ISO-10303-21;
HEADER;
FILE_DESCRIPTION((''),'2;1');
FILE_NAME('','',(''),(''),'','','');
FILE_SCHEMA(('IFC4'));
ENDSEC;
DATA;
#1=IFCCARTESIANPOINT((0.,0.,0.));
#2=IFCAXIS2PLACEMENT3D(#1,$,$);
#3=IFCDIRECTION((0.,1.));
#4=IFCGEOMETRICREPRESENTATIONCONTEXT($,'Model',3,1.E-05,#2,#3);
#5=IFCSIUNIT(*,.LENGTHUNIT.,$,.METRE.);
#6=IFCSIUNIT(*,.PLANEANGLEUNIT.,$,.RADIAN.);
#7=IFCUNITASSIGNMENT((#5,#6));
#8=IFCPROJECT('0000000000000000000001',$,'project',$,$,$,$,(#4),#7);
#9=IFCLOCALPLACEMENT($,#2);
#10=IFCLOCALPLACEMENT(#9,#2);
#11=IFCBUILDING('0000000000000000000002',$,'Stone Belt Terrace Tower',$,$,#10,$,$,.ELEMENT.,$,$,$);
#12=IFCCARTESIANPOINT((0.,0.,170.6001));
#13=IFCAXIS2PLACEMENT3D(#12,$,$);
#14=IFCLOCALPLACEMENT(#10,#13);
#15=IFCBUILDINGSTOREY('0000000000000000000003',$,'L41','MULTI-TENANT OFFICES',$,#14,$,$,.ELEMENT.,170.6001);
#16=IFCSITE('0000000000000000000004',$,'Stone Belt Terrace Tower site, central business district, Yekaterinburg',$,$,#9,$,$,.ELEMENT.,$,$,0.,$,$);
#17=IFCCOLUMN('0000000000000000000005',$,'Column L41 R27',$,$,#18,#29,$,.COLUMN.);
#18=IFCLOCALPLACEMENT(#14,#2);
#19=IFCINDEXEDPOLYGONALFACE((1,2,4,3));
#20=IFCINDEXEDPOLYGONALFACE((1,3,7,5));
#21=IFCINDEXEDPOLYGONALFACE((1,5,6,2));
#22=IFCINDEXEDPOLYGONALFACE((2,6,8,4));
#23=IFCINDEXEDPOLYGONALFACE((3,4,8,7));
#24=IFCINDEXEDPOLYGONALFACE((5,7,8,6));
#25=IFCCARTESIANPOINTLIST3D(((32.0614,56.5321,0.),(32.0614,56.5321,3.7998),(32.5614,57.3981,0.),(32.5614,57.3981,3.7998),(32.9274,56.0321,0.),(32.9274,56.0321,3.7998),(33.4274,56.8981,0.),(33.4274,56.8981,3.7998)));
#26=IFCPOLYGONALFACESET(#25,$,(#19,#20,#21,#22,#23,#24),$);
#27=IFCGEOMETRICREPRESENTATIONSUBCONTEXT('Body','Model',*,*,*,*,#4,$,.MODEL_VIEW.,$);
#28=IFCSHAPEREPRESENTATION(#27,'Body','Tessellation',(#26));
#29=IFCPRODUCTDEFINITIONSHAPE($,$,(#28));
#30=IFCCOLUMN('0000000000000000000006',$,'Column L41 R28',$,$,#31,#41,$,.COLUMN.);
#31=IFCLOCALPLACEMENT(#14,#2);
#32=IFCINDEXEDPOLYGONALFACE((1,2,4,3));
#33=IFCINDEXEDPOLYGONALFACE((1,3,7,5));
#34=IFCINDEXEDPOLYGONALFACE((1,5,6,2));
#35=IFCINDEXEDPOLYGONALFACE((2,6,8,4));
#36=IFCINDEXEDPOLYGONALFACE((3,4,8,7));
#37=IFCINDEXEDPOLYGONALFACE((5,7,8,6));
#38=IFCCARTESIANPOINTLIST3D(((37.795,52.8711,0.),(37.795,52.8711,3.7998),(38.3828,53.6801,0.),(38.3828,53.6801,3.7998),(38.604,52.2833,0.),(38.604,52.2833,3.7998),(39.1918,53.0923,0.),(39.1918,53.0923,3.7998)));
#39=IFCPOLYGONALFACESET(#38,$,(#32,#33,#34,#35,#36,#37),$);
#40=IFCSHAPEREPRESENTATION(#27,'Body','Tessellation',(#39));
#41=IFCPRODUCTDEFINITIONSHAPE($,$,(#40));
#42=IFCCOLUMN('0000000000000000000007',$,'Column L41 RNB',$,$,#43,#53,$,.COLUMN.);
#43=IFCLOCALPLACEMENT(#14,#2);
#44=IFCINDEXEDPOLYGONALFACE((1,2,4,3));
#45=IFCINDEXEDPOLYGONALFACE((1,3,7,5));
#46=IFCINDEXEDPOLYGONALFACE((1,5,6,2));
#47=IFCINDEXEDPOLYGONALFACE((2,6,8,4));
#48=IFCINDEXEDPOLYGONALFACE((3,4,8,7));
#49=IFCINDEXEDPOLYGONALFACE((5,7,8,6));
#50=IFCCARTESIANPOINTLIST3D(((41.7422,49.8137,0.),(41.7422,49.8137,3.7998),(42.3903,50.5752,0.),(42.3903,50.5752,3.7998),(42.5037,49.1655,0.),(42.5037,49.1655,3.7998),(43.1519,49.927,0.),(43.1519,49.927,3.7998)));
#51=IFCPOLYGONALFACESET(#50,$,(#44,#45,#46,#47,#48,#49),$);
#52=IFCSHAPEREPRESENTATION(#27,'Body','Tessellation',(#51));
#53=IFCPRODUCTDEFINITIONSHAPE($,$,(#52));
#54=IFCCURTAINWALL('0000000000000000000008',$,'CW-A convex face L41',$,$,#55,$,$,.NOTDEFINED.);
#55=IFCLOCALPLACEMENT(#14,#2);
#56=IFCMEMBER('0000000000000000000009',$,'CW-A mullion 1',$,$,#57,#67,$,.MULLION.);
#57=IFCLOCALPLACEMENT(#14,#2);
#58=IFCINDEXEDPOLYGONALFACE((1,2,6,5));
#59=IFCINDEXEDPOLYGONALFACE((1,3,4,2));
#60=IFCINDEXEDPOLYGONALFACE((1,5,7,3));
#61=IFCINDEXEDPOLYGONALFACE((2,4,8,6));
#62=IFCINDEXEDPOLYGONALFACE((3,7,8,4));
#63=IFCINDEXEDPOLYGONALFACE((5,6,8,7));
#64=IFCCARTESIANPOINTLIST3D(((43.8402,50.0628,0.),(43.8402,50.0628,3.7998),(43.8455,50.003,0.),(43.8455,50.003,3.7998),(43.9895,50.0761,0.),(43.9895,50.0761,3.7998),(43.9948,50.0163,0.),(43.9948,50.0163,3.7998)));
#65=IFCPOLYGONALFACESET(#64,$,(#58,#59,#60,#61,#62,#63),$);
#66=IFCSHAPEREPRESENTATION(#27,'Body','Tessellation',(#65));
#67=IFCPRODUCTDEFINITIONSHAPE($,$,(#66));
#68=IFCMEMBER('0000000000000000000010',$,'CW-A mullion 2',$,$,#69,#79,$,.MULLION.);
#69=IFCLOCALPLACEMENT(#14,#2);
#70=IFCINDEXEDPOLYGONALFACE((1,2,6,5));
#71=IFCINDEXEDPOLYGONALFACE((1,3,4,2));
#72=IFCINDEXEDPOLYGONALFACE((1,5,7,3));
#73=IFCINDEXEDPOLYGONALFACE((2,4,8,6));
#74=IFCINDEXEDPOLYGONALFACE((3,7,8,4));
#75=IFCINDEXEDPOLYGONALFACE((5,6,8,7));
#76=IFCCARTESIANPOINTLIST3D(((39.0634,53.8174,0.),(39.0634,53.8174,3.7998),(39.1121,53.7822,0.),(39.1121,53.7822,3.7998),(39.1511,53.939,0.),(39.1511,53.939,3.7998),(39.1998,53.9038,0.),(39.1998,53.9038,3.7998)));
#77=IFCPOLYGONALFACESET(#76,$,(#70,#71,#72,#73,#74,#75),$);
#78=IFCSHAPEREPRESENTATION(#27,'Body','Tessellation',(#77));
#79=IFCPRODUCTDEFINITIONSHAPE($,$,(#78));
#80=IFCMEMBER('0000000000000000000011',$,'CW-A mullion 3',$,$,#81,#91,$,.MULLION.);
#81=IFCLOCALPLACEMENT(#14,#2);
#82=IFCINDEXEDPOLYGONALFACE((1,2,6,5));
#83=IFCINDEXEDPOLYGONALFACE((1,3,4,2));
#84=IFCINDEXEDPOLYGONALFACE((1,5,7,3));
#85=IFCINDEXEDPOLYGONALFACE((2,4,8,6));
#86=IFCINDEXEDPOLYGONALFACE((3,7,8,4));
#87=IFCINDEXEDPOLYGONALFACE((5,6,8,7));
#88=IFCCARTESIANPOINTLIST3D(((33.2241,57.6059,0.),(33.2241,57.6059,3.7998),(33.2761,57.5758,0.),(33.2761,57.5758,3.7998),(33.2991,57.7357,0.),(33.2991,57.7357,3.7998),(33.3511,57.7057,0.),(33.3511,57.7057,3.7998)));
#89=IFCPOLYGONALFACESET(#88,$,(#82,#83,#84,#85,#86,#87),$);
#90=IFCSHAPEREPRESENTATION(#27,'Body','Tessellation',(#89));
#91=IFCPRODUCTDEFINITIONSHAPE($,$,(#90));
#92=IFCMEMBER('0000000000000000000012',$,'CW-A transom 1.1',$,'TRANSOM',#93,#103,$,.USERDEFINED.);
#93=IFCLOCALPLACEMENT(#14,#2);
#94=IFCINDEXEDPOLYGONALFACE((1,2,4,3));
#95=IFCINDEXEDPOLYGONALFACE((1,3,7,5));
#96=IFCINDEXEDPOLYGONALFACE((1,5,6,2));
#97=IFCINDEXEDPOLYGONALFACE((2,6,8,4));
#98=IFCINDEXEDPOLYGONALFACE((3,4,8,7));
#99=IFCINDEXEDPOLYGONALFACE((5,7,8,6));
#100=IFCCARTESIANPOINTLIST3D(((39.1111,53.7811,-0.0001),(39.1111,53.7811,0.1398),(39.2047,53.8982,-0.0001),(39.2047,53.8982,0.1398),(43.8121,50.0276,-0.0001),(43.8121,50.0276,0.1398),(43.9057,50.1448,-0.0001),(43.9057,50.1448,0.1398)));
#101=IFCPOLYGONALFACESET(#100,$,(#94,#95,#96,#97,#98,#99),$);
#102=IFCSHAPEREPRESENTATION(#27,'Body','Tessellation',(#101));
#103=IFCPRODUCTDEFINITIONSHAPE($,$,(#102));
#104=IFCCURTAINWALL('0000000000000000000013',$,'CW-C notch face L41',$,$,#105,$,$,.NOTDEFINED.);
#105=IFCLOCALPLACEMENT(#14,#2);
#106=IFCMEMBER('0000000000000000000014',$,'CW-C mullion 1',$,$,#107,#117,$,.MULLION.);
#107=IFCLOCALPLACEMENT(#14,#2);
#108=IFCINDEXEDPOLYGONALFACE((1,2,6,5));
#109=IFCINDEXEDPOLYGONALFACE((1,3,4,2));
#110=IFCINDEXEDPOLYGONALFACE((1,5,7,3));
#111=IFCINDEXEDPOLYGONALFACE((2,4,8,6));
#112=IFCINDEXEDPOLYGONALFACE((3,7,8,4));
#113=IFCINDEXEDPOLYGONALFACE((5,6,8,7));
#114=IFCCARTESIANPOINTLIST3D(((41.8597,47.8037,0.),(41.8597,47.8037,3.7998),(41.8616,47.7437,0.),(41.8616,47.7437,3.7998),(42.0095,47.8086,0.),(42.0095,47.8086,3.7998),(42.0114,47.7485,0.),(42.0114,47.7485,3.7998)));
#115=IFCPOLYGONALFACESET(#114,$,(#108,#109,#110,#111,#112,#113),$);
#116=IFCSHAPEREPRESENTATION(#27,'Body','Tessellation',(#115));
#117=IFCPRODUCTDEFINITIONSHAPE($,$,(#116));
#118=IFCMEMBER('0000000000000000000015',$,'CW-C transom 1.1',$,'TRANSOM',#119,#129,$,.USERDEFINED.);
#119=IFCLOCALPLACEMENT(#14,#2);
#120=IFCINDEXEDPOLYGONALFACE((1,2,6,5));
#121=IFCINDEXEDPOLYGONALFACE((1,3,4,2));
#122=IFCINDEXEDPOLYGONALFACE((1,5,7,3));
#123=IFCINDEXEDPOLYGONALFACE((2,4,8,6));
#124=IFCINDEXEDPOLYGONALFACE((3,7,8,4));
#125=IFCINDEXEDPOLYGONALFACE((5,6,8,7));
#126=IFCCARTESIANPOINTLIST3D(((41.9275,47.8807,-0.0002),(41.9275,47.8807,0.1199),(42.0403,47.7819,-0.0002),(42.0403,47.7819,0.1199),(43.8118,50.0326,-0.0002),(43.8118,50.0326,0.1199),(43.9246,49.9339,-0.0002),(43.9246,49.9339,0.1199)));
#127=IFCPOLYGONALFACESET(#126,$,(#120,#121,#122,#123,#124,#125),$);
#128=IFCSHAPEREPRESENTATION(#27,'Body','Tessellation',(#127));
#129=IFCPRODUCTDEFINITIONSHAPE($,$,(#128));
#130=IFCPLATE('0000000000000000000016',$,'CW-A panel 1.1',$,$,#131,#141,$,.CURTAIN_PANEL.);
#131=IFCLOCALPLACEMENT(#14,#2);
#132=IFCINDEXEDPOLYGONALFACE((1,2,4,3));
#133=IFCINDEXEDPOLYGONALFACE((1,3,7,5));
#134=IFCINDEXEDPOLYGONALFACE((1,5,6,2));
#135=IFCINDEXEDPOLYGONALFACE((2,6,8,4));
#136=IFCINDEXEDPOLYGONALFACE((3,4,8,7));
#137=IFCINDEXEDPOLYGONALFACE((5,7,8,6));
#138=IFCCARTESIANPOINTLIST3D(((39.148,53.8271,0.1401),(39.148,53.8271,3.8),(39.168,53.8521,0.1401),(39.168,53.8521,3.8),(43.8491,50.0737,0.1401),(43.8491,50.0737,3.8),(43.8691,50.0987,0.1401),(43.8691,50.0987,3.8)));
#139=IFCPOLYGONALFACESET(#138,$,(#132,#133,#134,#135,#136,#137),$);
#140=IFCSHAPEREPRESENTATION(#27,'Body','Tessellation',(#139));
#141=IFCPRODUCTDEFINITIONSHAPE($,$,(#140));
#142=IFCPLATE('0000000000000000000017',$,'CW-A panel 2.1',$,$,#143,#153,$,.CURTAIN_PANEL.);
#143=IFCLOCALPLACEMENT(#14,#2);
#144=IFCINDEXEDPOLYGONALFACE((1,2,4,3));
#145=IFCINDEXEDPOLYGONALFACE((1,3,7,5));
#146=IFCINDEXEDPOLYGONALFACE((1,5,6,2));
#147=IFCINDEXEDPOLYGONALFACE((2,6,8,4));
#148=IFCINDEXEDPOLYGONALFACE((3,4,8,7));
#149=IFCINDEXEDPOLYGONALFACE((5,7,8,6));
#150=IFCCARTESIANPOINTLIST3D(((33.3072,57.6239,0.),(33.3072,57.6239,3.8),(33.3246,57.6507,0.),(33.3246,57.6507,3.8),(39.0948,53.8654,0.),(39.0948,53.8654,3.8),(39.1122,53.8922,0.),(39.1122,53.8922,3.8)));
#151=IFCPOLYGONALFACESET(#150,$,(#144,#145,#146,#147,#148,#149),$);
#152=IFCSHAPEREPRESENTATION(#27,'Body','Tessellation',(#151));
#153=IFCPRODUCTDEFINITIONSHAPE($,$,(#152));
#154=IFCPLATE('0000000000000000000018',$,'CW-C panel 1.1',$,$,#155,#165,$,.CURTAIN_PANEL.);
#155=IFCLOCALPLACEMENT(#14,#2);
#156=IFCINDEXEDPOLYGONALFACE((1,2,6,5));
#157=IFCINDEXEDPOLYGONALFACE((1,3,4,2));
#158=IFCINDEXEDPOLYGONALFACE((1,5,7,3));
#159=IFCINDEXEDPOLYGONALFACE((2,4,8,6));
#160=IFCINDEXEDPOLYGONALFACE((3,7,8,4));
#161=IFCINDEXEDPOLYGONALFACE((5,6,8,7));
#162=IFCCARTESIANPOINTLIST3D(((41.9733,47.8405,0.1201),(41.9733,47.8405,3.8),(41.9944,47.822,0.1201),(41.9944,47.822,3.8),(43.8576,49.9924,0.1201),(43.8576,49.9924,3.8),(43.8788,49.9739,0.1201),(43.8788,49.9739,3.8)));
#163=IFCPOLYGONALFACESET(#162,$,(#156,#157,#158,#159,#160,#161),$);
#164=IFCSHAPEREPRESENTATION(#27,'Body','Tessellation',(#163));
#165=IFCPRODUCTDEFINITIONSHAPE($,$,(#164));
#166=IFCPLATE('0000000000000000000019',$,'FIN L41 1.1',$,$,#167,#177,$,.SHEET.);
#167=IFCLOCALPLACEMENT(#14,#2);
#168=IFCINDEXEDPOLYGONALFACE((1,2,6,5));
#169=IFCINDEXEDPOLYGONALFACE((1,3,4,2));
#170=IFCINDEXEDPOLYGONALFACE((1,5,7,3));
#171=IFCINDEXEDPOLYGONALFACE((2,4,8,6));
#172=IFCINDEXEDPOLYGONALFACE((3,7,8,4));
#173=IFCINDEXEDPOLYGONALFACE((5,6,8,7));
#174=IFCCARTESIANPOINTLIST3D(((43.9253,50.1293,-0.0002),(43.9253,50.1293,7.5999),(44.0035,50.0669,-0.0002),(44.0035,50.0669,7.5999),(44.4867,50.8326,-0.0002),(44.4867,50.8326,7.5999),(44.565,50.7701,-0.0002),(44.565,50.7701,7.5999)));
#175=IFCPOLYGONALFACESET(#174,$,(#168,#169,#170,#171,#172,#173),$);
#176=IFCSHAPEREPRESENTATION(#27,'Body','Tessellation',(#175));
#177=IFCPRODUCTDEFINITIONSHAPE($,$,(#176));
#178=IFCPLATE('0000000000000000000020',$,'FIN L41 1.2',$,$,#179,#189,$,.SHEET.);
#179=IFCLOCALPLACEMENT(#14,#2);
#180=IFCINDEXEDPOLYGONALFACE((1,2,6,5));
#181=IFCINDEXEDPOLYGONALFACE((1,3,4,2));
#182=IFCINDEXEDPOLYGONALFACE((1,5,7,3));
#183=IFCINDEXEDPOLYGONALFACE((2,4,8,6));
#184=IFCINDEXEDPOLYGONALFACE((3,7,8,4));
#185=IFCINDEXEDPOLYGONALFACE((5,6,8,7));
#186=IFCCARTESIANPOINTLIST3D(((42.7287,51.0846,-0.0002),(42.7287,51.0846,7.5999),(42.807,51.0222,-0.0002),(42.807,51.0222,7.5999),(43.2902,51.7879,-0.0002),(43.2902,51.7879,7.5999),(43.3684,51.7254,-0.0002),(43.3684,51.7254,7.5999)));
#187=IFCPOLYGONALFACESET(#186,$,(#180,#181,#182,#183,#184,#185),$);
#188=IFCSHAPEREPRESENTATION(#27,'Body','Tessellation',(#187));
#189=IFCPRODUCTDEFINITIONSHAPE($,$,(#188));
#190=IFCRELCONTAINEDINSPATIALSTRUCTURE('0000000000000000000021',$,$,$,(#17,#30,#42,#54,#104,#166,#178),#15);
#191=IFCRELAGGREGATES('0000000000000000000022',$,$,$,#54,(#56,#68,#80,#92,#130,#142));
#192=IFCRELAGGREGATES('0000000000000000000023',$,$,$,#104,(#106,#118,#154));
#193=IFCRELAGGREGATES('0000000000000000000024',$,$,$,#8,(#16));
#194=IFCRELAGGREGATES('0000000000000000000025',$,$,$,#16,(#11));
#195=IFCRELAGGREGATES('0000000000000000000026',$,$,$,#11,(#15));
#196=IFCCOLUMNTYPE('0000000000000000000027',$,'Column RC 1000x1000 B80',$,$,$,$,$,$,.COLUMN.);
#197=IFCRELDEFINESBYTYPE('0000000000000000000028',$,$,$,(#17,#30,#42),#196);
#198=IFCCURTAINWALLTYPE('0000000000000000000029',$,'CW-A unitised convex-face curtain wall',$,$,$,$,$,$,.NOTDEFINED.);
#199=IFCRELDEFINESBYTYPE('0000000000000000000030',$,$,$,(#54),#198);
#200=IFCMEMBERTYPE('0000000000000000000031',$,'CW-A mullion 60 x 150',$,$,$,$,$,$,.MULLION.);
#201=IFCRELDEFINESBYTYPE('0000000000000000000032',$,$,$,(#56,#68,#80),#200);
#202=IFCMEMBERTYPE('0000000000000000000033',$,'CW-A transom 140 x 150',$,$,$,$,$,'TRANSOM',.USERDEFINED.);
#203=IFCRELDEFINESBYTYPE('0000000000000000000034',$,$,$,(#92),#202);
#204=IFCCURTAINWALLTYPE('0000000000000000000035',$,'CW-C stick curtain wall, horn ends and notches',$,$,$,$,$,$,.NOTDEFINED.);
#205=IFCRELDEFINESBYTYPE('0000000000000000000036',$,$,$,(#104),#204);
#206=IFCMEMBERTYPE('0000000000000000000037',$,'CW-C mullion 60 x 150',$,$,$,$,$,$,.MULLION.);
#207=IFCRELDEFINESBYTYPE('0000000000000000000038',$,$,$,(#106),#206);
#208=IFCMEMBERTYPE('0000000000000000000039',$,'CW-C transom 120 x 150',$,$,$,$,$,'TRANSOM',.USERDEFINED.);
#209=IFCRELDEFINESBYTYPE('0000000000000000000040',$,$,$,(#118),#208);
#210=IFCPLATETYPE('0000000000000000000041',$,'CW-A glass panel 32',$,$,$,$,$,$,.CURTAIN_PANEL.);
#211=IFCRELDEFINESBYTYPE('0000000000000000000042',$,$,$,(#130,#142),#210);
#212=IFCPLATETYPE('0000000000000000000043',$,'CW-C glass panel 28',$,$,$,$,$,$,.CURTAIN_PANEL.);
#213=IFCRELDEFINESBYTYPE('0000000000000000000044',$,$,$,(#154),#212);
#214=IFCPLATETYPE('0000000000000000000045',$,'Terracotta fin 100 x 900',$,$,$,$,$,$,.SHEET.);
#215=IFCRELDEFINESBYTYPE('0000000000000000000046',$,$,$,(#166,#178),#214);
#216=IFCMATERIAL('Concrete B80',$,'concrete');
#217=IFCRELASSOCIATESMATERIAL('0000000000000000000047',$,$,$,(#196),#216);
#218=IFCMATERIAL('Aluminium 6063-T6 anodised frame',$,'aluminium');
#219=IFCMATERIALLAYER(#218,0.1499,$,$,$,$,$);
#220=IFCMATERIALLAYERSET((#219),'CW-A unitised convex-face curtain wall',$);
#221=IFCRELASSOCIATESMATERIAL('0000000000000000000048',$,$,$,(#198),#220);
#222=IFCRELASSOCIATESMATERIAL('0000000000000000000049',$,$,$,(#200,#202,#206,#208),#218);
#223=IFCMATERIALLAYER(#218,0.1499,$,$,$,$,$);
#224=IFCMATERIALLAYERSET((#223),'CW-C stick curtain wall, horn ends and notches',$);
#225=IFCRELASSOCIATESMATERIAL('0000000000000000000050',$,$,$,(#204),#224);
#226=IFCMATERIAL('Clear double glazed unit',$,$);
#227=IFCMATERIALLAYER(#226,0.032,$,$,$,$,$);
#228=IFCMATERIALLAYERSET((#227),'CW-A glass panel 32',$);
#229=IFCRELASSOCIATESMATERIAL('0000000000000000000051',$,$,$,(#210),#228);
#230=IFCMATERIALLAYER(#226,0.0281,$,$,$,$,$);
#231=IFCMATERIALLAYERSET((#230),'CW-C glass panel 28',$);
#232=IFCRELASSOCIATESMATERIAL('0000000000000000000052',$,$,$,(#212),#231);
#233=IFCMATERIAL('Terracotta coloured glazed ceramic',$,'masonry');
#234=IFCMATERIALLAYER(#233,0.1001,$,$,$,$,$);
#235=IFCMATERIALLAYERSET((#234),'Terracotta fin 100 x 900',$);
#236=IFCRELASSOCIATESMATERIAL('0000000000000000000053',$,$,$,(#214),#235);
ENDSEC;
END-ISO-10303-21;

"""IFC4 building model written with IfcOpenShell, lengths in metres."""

from ifc_helpers import new_model, si_unit, direction, frame, origin, origin_2d, place, context, subcontext, project, spatial, rectangle, extrude, material, layer, layer_set, material_profile, profile_set, type_object, element, aggregate, save


model = new_model("IFC4")

# Units and contexts
model_context = context("Model", 3, precision=1e-05, world=origin(), true_north=direction((0.0, 1.0)))
body_context = subcontext(model_context, "Body", "Model", "MODEL_VIEW")
ifc_project = project(units=[si_unit("LENGTHUNIT", "METRE"), si_unit("PLANEANGLEUNIT", "RADIAN")], contexts=[model_context])

# Site, building, storey
site_placement = place(None, origin())
site = spatial("IfcSite", under=ifc_project, at=site_placement, Name="Stone Belt Terrace Tower site, central business district, Yekaterinburg", CompositionType="ELEMENT", RefElevation=0.0)
building_placement = place(site_placement, origin())
building = spatial("IfcBuilding", under=site, at=building_placement, Name="Stone Belt Terrace Tower", CompositionType="ELEMENT")
storey_placement = place(building_placement, frame((0.0, 0.0, 170.6001)))
storey = spatial("IfcBuildingStorey", under=building, at=storey_placement, Name="L41", Description="MULTI-TENANT OFFICES", CompositionType="ELEMENT", Elevation=170.6001)

# Columns
ifc_material_1 = material(Name="Concrete B80", Category="concrete")
ifc_material_profile_1 = material_profile(ifc_material_1, rectangle(XDim=1.0, YDim=1.0, at=origin_2d()), Name="RC 1000x1000")
ifc_profile_set_1 = profile_set([ifc_material_profile_1], Name="Concrete B80")
column_type = type_object("IfcColumnType", Name="Column RC 1000x1000 B80", PredefinedType="COLUMN", material=ifc_profile_set_1)
for number, where, z_axis, x_axis, name in (
    (1, (32.7444, 56.7151, 0.0), (0.0, 0.0, 1.0), (0.866025, -0.5, 0.0), "Column L41 R27"),
    (2, (38.4934, 52.9817, 0.0), (0.0, 0.0, 1.0), (0.809017, -0.587785, 0.0), "Column L41 R28"),
    (3, (42.447, 49.8704, 0.0), (0.0, 0.0, 1.0), (0.761509, -0.648154, 0.0), "Column L41 RNB"),
):
    element("IfcColumn", number, at=place(storey_placement, frame(where, z_axis=z_axis, x_axis=x_axis)), inside=storey, type_object=column_type, Name=name, PredefinedType="COLUMN", context=body_context, shape_type="SweptSolid", body=[
        extrude(rectangle(XDim=1.0, YDim=1.0, at=origin_2d()), origin(), (0.0, 0.0, 1.0), 3.7998),
    ])

# Curtain walls, members
ifc_material_2 = material(Name="Aluminium 6063-T6 anodised frame", Category="aluminium")
ifc_layer_1 = layer(ifc_material_2, 0.1499)
ifc_layer_set_1 = layer_set([ifc_layer_1], Name="CW-A unitised convex-face curtain wall")
curtain_wall_type_1 = type_object("IfcCurtainWallType", Name="CW-A unitised convex-face curtain wall", PredefinedType="NOTDEFINED", material=ifc_layer_set_1)
curtain_wall_1_placement = place(storey_placement, origin())
curtain_wall_1 = element("IfcCurtainWall", 4, at=curtain_wall_1_placement, inside=storey, type_object=curtain_wall_type_1, Name="CW-A convex face L41", PredefinedType="NOTDEFINED")
ifc_material_profile_2 = material_profile(ifc_material_2, rectangle(XDim=0.1499, YDim=0.0601, at=origin_2d()), Name="Aluminium 6063-T6 60x150")
ifc_profile_set_2 = profile_set([ifc_material_profile_2], Name="Aluminium 6063-T6 anodised frame")
member_type_1 = type_object("IfcMemberType", Name="CW-A mullion 60 x 150", PredefinedType="MULLION", material=ifc_profile_set_2)
member_1_placement = place(storey_placement, frame((43.9175, 50.0396, 0.0), z_axis=(0.0, 0.0, 1.0), x_axis=(-0.99605, -0.088796, 0.0)))
member_1 = element("IfcMember", 5, at=member_1_placement, type_object=member_type_1, Name="CW-A mullion 1", PredefinedType="MULLION", context=body_context, shape_type="SweptSolid", body=[
    extrude(rectangle(XDim=0.1499, YDim=0.0601, at=origin_2d()), origin(), (0.0, 0.0, 1.0), 3.7998),
])
member_2_placement = place(storey_placement, frame((39.1316, 53.8606, 0.0), z_axis=(0.0, 0.0, 1.0), x_axis=(-0.584984, -0.811045, 0.0)))
member_2 = element("IfcMember", 6, at=member_2_placement, type_object=member_type_1, Name="CW-A mullion 2", PredefinedType="MULLION", context=body_context, shape_type="SweptSolid", body=[
    extrude(rectangle(XDim=0.1499, YDim=0.0601, at=origin_2d()), origin(), (0.0, 0.0, 1.0), 3.7998),
])
member_3_placement = place(storey_placement, frame((33.2876, 57.6558, 0.0), z_axis=(0.0, 0.0, 1.0), x_axis=(-0.5, -0.866025, 0.0)))
member_3 = element("IfcMember", 7, at=member_3_placement, type_object=member_type_1, Name="CW-A mullion 3", PredefinedType="MULLION", context=body_context, shape_type="SweptSolid", body=[
    extrude(rectangle(XDim=0.1499, YDim=0.0601, at=origin_2d()), origin(), (0.0, 0.0, 1.0), 3.7998),
])
ifc_material_profile_3 = material_profile(ifc_material_2, rectangle(XDim=0.1499, YDim=0.1399, at=origin_2d()), Name="Aluminium 6063-T6 150x140")
ifc_profile_set_3 = profile_set([ifc_material_profile_3], Name="Aluminium 6063-T6 anodised frame")
member_type_2 = type_object("IfcMemberType", Name="CW-A transom 140 x 150", ElementType="TRANSOM", PredefinedType="USERDEFINED", material=ifc_profile_set_3)
member_4_placement = place(storey_placement, frame((43.8589, 50.0862, 0.0698), z_axis=(-0.781462, 0.623952, 0.0), x_axis=(-0.623952, -0.781462, 0.0)))
member_4 = element("IfcMember", 8, at=member_4_placement, type_object=member_type_2, Name="CW-A transom 1.1", ObjectType="TRANSOM", PredefinedType="USERDEFINED", context=body_context, shape_type="SweptSolid", body=[
    extrude(rectangle(XDim=0.1499, YDim=0.1399, at=origin_2d()), origin(), (0.0, 0.0, 1.0), 6.0156),
])
ifc_layer_2 = layer(ifc_material_2, 0.1499)
ifc_layer_set_2 = layer_set([ifc_layer_2], Name="CW-C stick curtain wall, horn ends and notches")
curtain_wall_type_2 = type_object("IfcCurtainWallType", Name="CW-C stick curtain wall, horn ends and notches", PredefinedType="NOTDEFINED", material=ifc_layer_set_2)
curtain_wall_2_placement = place(storey_placement, origin())
curtain_wall_2 = element("IfcCurtainWall", 9, at=curtain_wall_2_placement, inside=storey, type_object=curtain_wall_type_2, Name="CW-C notch face L41", PredefinedType="NOTDEFINED")
ifc_material_profile_4 = material_profile(ifc_material_2, rectangle(XDim=0.1499, YDim=0.0601, at=origin_2d()), Name="Aluminium 6063-T6 60x150")
ifc_profile_set_4 = profile_set([ifc_material_profile_4], Name="Aluminium 6063-T6 anodised frame")
member_type_3 = type_object("IfcMemberType", Name="CW-C mullion 60 x 150", PredefinedType="MULLION", material=ifc_profile_set_4)
member_5_placement = place(storey_placement, frame((41.9355, 47.7761, 0.0), z_axis=(0.0, 0.0, 1.0), x_axis=(-0.999477, -0.032351, 0.0)))
member_5 = element("IfcMember", 10, at=member_5_placement, type_object=member_type_3, Name="CW-C mullion 1", PredefinedType="MULLION", context=body_context, shape_type="SweptSolid", body=[
    extrude(rectangle(XDim=0.1499, YDim=0.0601, at=origin_2d()), origin(), (0.0, 0.0, 1.0), 3.7998),
])
ifc_material_profile_5 = material_profile(ifc_material_2, rectangle(XDim=0.1499, YDim=0.1201, at=origin_2d()), Name="Aluminium 6063-T6 150x120")
ifc_profile_set_5 = profile_set([ifc_material_profile_5], Name="Aluminium 6063-T6 anodised frame")
member_type_4 = type_object("IfcMemberType", Name="CW-C transom 120 x 150", ElementType="TRANSOM", PredefinedType="USERDEFINED", material=ifc_profile_set_5)
member_6_placement = place(storey_placement, frame((41.9839, 47.8313, 0.0598), z_axis=(0.658783, 0.752333, 0.0), x_axis=(-0.752333, 0.658783, 0.0)))
member_6 = element("IfcMember", 11, at=member_6_placement, type_object=member_type_4, Name="CW-C transom 1.1", ObjectType="TRANSOM", PredefinedType="USERDEFINED", context=body_context, shape_type="SweptSolid", body=[
    extrude(rectangle(XDim=0.1499, YDim=0.1201, at=origin_2d()), origin(), (0.0, 0.0, 1.0), 2.8604),
])

# Plates
ifc_material_3 = material(Name="Clear double glazed unit")
ifc_layer_3 = layer(ifc_material_3, 0.032)
ifc_layer_set_3 = layer_set([ifc_layer_3], Name="CW-A glass panel 32")
plate_type_1 = type_object("IfcPlateType", Name="CW-A glass panel 32", PredefinedType="CURTAIN_PANEL", material=ifc_layer_set_3)
plate_1_placement = place(storey_placement, frame((41.5085, 51.9629, 0.1401), z_axis=(0.0, 0.0, 1.0), x_axis=(-0.781479, 0.623931, 0.0)))
plate_1 = element("IfcPlate", 12, at=plate_1_placement, type_object=plate_type_1, Name="CW-A panel 1.1", PredefinedType="CURTAIN_PANEL", context=body_context, shape_type="SweptSolid", body=[
    extrude(rectangle(XDim=6.0156, YDim=0.032, at=origin_2d()), origin(), (0.0, 0.0, 1.0), 3.6599),
])
plate_2_placement = place(storey_placement, frame((36.2097, 55.7581, 0.0), z_axis=(0.0, 0.0, 1.0), x_axis=(-0.838671, 0.544639, 0.0)))
plate_2 = element("IfcPlate", 13, at=plate_2_placement, type_object=plate_type_1, Name="CW-A panel 2.1", PredefinedType="CURTAIN_PANEL", context=body_context, shape_type="SweptSolid", body=[
    extrude(rectangle(XDim=6.9009, YDim=0.032, at=origin_2d()), origin(), (0.0, 0.0, 1.0), 3.8),
])
aggregate(curtain_wall_1, [member_1, member_2, member_3, member_4, plate_1, plate_2])
ifc_layer_4 = layer(ifc_material_3, 0.0281)
ifc_layer_set_4 = layer_set([ifc_layer_4], Name="CW-C glass panel 28")
plate_type_2 = type_object("IfcPlateType", Name="CW-C glass panel 28", PredefinedType="CURTAIN_PANEL", material=ifc_layer_set_4)
plate_3_placement = place(storey_placement, frame((42.926, 48.9072, 0.1201), z_axis=(0.0, 0.0, 1.0), x_axis=(0.658788, 0.752328, 0.0)))
plate_3 = element("IfcPlate", 14, at=plate_3_placement, type_object=plate_type_2, Name="CW-C panel 1.1", PredefinedType="CURTAIN_PANEL", context=body_context, shape_type="SweptSolid", body=[
    extrude(rectangle(XDim=2.8604, YDim=0.0281, at=origin_2d()), origin(), (0.0, 0.0, 1.0), 3.6799),
])
aggregate(curtain_wall_2, [member_5, member_6, plate_3])

# Plates
ifc_material_4 = material(Name="Terracotta coloured glazed ceramic", Category="masonry")
ifc_layer_5 = layer(ifc_material_4, 0.1001)
ifc_layer_set_5 = layer_set([ifc_layer_5], Name="Terracotta fin 100 x 900")
plate_type_3 = type_object("IfcPlateType", Name="Terracotta fin 100 x 900", PredefinedType="SHEET", material=ifc_layer_set_5)
for number, where, z_axis, x_axis, name in (
    (15, (44.2451, 50.4497, -0.0002), (0.0, 0.0, 1.0), (0.623931, 0.781479, 0.0), "FIN L41 1.1"),
    (16, (43.0486, 51.405, -0.0002), (0.0, 0.0, 1.0), (0.623931, 0.781479, 0.0), "FIN L41 1.2"),
):
    element("IfcPlate", number, at=place(storey_placement, frame(where, z_axis=z_axis, x_axis=x_axis)), inside=storey, type_object=plate_type_3, Name=name, PredefinedType="SHEET", context=body_context, shape_type="SweptSolid", body=[
        extrude(rectangle(XDim=0.8999, YDim=0.1001, at=origin_2d()), origin(), (0.0, 0.0, 1.0), 7.6001),
    ])

save(model, "model.ifc")
